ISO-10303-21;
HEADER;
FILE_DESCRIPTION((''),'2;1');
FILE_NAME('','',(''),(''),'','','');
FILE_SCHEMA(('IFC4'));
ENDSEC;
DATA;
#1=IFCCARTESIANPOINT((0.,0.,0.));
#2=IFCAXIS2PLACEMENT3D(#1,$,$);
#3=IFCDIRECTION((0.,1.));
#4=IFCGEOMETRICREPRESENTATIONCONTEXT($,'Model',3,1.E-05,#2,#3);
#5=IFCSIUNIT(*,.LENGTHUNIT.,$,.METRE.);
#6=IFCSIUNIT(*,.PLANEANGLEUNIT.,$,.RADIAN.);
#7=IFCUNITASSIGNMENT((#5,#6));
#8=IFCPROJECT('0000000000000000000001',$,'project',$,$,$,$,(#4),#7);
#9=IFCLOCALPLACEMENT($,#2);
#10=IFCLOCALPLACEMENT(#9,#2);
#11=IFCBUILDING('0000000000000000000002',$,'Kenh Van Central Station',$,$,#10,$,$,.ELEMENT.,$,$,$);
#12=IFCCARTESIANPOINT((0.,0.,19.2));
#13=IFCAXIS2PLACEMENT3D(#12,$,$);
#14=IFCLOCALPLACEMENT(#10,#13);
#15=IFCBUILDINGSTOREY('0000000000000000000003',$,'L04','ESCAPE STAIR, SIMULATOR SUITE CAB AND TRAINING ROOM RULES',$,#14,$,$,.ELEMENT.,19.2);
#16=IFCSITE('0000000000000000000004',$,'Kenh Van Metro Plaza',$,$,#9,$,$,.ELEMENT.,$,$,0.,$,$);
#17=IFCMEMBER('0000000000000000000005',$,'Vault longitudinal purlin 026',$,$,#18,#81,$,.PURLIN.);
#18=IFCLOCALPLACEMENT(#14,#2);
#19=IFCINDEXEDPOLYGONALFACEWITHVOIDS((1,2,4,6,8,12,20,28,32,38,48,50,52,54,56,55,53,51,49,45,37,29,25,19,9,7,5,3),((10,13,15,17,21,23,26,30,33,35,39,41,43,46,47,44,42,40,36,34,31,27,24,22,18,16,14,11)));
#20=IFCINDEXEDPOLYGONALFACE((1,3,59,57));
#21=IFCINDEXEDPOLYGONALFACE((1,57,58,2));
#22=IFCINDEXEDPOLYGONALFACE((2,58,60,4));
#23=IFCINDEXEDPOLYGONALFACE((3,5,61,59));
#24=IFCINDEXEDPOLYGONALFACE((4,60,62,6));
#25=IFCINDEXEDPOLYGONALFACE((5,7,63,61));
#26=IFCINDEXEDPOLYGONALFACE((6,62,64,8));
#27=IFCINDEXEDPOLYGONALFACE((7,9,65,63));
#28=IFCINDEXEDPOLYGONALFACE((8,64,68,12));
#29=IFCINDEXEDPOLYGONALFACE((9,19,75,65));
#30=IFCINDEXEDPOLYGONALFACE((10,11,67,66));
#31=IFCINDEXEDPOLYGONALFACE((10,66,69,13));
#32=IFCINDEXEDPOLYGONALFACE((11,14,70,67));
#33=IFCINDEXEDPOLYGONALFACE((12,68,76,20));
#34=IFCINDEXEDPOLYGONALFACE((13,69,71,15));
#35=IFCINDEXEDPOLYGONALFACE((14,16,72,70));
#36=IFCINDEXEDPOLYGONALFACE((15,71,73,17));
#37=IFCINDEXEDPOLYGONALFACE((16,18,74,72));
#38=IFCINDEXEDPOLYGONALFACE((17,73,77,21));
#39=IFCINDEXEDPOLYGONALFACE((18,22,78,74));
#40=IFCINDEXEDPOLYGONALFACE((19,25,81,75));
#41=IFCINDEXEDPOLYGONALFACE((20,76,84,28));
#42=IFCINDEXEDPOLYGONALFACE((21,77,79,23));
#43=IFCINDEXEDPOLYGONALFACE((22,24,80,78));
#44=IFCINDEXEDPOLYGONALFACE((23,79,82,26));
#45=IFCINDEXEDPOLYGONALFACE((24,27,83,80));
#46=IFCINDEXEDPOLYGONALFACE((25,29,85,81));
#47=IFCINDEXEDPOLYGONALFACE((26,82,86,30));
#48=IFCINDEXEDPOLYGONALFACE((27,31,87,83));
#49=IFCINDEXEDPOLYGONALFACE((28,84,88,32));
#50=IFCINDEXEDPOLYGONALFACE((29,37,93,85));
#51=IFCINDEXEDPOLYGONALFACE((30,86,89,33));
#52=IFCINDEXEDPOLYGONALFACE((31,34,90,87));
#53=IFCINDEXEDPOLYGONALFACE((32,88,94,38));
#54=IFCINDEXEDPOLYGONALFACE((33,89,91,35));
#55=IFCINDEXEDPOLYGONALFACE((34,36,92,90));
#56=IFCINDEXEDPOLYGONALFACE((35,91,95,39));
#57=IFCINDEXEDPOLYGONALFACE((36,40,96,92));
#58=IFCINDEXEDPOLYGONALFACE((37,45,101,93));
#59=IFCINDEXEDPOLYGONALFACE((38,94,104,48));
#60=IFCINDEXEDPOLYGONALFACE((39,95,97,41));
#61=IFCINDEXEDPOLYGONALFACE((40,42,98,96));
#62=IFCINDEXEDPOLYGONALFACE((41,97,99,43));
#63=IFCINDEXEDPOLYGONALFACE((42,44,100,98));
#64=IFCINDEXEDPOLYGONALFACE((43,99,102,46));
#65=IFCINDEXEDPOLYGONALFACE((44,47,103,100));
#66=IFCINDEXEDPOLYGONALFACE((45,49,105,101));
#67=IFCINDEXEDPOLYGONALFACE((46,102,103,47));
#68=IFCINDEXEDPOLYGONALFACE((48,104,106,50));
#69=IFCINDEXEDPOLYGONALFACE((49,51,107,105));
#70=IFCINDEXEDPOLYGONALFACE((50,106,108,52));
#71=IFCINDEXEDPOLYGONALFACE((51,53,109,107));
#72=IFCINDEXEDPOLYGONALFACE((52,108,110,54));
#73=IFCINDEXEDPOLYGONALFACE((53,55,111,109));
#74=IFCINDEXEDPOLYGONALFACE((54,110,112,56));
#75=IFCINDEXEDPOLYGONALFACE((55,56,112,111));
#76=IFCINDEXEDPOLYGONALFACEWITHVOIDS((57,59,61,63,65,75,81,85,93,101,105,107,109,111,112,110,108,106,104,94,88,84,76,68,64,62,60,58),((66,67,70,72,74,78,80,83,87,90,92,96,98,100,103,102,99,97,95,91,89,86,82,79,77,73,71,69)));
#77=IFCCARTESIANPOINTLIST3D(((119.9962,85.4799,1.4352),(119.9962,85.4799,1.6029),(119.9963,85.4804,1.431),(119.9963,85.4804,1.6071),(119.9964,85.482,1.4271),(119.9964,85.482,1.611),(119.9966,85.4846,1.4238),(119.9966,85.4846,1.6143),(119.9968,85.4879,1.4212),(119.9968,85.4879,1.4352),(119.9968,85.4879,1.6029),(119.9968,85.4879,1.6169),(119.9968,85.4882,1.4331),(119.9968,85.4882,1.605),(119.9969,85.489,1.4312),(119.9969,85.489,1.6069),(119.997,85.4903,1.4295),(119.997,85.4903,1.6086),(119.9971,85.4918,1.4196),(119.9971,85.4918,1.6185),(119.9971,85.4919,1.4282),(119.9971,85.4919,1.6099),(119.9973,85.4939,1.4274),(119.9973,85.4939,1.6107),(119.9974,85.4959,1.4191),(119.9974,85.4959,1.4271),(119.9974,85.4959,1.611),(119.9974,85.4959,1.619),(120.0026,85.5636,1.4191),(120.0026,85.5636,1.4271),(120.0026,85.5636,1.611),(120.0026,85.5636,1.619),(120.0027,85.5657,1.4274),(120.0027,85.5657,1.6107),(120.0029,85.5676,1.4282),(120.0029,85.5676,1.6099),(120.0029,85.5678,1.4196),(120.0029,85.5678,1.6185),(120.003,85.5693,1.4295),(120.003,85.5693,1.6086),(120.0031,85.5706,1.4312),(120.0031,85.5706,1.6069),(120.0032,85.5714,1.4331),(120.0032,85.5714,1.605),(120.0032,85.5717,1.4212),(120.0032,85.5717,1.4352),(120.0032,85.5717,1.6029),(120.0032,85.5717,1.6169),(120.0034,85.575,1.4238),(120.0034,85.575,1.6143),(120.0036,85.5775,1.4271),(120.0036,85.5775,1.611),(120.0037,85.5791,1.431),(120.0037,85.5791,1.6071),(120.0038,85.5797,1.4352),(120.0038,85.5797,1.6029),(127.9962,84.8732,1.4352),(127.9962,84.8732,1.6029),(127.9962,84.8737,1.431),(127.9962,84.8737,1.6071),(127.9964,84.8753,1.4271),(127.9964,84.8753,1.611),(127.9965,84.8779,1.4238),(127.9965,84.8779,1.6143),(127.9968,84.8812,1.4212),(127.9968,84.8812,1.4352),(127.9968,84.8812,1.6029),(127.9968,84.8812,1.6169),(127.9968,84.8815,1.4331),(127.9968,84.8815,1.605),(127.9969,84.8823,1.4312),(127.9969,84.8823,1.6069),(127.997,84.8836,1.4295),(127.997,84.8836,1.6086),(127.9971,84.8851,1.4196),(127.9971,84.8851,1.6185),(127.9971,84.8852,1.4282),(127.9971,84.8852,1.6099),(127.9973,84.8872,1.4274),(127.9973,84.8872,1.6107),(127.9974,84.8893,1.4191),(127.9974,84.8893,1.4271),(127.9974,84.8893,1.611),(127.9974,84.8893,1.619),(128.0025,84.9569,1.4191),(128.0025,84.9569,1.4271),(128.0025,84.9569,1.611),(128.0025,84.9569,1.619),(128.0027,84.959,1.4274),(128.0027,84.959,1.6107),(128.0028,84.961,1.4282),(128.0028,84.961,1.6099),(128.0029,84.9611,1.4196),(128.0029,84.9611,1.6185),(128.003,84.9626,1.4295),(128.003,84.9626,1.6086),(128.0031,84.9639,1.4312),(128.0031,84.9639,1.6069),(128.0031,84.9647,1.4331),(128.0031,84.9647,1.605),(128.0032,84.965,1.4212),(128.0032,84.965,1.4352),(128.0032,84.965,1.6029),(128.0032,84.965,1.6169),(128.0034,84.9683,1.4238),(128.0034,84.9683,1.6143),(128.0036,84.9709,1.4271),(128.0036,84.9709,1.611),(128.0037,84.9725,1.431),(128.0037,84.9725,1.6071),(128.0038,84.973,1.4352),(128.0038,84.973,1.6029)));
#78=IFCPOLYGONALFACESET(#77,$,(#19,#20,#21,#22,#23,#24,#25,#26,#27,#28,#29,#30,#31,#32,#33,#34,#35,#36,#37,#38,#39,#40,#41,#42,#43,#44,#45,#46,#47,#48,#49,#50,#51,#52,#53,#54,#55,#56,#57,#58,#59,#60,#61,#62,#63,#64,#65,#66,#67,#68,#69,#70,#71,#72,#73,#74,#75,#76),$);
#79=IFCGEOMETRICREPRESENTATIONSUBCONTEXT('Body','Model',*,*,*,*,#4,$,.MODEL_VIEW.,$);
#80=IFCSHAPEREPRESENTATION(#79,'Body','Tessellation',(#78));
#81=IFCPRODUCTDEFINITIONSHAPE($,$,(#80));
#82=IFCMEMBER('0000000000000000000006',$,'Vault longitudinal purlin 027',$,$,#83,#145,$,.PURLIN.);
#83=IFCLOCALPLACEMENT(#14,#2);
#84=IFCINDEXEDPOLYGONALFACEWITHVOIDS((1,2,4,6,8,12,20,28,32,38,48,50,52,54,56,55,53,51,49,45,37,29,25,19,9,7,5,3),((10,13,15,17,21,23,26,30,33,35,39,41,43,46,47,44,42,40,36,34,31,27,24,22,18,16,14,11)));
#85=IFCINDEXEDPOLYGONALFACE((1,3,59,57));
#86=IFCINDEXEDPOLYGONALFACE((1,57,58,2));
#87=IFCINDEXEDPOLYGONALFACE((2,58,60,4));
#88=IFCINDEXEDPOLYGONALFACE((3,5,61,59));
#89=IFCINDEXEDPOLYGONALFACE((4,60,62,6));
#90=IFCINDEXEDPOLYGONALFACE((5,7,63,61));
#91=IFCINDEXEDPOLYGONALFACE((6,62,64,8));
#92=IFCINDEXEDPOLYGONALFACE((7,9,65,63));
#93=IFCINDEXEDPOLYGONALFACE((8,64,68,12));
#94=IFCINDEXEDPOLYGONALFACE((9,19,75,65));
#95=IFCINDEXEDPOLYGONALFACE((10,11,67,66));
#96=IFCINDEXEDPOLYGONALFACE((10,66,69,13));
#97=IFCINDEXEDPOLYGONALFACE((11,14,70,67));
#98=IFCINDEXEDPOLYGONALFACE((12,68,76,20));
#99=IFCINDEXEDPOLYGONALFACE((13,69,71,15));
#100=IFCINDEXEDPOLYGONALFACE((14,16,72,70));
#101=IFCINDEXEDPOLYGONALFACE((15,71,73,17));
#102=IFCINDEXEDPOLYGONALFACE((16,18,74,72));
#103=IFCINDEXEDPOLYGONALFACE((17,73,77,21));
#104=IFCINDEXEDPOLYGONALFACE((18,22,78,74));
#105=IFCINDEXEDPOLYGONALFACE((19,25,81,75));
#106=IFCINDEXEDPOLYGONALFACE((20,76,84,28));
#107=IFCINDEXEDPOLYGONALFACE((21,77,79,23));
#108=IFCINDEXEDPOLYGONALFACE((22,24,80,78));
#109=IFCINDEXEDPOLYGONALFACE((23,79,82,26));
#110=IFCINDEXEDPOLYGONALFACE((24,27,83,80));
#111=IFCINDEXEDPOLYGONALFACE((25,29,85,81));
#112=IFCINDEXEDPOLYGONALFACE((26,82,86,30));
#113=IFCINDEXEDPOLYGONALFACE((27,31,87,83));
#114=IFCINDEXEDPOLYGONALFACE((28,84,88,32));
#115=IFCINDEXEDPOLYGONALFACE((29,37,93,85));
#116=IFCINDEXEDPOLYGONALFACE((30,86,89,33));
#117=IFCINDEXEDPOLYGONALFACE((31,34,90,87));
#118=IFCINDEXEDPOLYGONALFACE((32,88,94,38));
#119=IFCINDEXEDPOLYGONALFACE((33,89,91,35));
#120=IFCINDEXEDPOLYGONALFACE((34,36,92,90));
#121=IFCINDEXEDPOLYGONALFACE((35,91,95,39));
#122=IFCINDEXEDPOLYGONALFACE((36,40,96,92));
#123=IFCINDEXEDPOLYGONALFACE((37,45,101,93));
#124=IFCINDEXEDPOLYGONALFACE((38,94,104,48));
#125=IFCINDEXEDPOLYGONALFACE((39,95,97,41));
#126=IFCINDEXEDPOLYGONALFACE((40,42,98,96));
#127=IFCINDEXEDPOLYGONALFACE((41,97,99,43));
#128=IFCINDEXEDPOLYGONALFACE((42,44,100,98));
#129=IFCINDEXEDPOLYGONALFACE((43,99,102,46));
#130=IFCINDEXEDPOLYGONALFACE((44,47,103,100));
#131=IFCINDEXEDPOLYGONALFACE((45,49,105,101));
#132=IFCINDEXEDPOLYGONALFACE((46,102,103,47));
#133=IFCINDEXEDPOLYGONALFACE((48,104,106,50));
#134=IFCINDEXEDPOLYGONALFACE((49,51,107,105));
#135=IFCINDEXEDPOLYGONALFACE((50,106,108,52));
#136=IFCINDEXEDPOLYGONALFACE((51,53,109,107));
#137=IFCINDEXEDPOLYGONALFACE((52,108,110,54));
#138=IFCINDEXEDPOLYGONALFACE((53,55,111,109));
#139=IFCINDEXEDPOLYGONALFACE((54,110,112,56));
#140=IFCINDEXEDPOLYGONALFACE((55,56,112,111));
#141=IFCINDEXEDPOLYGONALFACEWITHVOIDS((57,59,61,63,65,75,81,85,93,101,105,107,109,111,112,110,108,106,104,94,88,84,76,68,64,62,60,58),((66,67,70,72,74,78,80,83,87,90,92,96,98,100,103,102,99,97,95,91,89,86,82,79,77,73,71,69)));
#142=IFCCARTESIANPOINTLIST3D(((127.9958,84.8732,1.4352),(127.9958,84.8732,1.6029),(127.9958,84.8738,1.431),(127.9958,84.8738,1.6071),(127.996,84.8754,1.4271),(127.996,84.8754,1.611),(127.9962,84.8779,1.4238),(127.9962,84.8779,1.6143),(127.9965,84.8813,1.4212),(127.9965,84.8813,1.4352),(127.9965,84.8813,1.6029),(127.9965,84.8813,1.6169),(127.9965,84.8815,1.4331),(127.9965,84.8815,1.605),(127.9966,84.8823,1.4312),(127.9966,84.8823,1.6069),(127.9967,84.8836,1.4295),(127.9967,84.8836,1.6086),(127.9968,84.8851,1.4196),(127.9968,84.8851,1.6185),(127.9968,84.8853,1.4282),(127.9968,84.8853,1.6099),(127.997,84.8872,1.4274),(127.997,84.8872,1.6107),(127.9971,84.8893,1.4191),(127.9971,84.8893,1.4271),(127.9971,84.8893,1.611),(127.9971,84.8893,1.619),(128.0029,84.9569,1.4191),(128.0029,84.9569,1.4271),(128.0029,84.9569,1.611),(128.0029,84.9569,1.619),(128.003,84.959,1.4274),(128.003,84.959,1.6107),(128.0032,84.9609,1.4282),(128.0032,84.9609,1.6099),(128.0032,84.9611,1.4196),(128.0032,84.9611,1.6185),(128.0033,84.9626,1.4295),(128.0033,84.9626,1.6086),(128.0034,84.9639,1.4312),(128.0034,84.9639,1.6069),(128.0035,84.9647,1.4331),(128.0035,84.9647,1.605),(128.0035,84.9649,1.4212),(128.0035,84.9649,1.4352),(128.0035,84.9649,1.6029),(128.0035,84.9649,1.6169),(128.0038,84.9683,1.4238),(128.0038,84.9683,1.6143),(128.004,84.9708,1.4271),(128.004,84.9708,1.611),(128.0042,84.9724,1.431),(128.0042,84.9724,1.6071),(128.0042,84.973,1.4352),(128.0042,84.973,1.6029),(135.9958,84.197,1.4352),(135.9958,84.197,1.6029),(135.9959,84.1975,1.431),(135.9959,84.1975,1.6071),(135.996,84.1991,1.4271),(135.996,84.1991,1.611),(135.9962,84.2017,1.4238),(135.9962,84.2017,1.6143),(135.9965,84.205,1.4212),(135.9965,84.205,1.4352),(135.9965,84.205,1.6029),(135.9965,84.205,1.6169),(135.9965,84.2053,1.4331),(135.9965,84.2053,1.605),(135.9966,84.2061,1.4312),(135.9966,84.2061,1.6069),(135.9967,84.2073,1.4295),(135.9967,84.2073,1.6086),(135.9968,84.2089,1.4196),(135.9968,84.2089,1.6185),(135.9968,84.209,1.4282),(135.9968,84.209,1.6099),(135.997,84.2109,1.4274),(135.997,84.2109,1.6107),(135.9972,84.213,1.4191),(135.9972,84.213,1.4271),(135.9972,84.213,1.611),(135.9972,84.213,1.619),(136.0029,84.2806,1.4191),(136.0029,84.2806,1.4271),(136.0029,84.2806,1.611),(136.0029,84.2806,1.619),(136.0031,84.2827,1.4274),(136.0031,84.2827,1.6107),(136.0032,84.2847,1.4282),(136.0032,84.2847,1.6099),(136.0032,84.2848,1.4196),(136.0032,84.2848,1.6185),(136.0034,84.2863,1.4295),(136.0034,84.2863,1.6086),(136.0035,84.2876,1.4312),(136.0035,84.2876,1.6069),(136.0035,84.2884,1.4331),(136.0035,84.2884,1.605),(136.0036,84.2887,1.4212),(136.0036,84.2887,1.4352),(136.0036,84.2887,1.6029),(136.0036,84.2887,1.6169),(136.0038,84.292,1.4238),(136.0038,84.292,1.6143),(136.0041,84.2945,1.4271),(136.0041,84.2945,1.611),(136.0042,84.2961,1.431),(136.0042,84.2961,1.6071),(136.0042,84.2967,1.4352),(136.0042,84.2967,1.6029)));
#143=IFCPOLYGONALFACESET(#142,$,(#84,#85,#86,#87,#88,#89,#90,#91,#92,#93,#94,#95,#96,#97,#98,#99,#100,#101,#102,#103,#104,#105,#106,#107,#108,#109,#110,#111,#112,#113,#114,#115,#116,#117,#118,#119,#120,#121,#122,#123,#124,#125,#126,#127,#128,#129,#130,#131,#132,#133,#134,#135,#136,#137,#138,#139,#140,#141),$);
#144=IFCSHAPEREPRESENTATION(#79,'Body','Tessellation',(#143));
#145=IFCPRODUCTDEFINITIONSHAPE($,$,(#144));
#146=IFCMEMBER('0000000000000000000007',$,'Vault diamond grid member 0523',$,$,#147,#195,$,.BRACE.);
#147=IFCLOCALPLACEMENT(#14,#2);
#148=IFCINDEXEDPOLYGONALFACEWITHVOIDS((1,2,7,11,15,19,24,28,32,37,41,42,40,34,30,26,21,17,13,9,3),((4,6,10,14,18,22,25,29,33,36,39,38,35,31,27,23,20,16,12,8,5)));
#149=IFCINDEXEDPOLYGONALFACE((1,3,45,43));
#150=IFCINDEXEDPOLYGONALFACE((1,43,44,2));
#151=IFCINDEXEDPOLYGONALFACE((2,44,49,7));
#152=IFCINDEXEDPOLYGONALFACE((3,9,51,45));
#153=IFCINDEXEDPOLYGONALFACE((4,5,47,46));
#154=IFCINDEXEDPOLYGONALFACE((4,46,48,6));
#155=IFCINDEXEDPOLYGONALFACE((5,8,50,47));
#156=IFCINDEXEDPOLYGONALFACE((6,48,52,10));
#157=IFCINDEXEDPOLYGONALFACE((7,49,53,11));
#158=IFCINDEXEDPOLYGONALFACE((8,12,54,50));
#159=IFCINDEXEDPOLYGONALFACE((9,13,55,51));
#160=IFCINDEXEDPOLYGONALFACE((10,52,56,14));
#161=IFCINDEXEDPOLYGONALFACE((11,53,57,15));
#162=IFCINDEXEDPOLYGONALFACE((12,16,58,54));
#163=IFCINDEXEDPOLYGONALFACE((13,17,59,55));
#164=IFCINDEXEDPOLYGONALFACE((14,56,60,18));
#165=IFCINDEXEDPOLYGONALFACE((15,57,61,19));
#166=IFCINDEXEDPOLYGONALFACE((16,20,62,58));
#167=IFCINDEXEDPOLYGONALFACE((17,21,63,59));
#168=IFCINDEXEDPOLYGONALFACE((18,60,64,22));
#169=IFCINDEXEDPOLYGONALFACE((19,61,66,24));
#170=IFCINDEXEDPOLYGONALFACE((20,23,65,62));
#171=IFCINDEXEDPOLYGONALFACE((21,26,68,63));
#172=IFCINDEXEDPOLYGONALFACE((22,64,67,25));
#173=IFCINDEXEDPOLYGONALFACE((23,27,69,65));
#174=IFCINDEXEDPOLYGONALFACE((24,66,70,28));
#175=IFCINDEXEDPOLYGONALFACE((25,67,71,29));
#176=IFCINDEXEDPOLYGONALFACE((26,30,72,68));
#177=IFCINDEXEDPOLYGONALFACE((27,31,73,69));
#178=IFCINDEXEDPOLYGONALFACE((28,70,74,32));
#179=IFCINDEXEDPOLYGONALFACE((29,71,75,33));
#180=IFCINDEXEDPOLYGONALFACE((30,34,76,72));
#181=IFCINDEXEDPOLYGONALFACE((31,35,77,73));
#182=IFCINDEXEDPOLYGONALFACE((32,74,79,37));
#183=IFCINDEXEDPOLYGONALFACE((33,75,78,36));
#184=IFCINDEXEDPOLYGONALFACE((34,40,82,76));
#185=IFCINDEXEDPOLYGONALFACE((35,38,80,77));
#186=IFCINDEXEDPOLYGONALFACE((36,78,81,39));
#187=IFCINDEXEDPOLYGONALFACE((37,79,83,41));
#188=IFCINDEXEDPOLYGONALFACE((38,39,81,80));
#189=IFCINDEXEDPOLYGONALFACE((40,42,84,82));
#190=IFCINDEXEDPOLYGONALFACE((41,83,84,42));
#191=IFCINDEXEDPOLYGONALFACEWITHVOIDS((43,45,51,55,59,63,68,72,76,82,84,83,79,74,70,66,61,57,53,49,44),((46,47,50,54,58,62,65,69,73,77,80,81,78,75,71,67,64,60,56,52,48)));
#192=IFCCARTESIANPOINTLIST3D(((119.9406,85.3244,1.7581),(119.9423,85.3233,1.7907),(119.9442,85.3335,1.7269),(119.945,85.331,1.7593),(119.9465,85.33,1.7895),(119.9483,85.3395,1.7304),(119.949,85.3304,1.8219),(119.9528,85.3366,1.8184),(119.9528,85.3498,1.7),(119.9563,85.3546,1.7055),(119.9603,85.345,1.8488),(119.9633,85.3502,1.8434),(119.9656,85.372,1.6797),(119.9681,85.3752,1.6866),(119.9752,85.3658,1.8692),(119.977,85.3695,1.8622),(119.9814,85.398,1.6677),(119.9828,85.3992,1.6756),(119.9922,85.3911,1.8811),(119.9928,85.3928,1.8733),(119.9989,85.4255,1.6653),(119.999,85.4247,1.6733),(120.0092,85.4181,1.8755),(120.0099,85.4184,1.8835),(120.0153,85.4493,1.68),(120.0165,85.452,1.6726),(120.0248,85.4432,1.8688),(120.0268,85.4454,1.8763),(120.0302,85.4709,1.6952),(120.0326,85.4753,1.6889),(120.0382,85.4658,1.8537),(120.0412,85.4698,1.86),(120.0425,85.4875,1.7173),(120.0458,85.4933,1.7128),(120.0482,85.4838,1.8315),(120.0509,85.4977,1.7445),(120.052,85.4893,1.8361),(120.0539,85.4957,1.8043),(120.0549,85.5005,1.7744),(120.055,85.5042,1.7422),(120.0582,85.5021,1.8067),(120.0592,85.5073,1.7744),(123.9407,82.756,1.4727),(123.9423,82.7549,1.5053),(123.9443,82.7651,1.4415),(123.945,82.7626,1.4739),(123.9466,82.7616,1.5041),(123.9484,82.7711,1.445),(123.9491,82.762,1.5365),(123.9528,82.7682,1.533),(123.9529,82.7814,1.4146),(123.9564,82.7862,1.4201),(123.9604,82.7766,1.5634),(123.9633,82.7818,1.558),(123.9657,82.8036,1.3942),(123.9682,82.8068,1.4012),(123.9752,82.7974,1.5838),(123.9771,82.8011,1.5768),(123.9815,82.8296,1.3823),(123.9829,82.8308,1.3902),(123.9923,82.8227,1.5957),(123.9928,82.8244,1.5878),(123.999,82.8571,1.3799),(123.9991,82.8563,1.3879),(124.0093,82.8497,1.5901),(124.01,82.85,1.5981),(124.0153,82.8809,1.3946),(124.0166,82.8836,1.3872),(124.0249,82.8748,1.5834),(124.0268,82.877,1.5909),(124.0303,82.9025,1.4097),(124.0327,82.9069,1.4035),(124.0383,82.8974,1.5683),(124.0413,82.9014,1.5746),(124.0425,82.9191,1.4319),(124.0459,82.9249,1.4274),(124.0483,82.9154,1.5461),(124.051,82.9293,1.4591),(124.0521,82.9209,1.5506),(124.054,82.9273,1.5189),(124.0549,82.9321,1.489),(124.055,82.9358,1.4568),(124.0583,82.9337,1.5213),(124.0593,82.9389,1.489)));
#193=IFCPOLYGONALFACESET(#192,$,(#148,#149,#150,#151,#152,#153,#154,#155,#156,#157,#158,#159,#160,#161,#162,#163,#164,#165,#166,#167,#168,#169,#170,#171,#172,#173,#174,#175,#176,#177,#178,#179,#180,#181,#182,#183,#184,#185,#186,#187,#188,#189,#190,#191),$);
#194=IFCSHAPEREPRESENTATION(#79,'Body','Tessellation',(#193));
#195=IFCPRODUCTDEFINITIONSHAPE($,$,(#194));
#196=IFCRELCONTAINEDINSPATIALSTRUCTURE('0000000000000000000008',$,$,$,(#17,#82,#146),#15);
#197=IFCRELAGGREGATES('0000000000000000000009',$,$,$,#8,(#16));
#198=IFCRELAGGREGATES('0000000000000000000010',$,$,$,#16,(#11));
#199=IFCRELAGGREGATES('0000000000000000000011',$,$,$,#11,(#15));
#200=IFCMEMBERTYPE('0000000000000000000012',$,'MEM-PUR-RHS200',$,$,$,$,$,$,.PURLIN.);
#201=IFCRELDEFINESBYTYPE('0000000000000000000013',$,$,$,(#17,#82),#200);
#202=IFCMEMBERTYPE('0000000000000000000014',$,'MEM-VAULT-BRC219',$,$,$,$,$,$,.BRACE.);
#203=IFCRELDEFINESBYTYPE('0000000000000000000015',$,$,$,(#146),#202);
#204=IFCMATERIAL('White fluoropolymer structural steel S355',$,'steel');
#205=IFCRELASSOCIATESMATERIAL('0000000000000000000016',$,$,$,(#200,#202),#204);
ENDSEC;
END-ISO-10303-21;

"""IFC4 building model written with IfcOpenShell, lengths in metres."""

from ifc_helpers import new_model, si_unit, direction, frame, origin, origin_2d, place, context, subcontext, project, spatial, hollow_rectangle, hollow_circle, extrude, material, material_profile, profile_set, type_object, element, save


model = new_model("IFC4")

# Units and contexts
model_context = context("Model", 3, precision=1e-05, world=origin(), true_north=direction((0.0, 1.0)))
body_context = subcontext(model_context, "Body", "Model", "MODEL_VIEW")
ifc_project = project(units=[si_unit("LENGTHUNIT", "METRE"), si_unit("PLANEANGLEUNIT", "RADIAN")], contexts=[model_context])

# Site, building, storey
site_placement = place(None, origin())
site = spatial("IfcSite", under=ifc_project, at=site_placement, Name="Kenh Van Metro Plaza", CompositionType="ELEMENT", RefElevation=0.0)
building_placement = place(site_placement, origin())
building = spatial("IfcBuilding", under=site, at=building_placement, Name="Kenh Van Central Station", CompositionType="ELEMENT")
storey_placement = place(building_placement, frame((0.0, 0.0, 19.2)))
storey = spatial("IfcBuildingStorey", under=building, at=storey_placement, Name="L04", Description="ESCAPE STAIR, SIMULATOR SUITE CAB AND TRAINING ROOM RULES", CompositionType="ELEMENT", Elevation=19.2)

# Shared definitions
ifc_material_1 = material(Name="White fluoropolymer structural steel S355", Category="steel")

# Members
ifc_material_profile_1 = material_profile(ifc_material_1, hollow_rectangle(XDim=0.1001, YDim=0.2, WallThickness=0.0081, InnerFilletRadius=0.0081, OuterFilletRadius=0.0161, at=origin_2d()), Name="RHS 200x100x8")
ifc_profile_set_1 = profile_set([ifc_material_profile_1], Name="White fluoropolymer structural steel S355")
member_type_1 = type_object("IfcMemberType", Name="MEM-PUR-RHS200", PredefinedType="PURLIN", material=ifc_profile_set_1)
member_1_placement = place(storey_placement, frame((120.0, 85.5298, 1.519), z_axis=(0.997137, -0.075619, 0.0), x_axis=(0.075619, 0.997137, 0.0)))
element("IfcMember", 1, at=member_1_placement, inside=storey, type_object=member_type_1, Name="Vault longitudinal purlin 026", PredefinedType="PURLIN", context=body_context, shape_type="SweptSolid", body=[
    extrude(hollow_rectangle(XDim=0.1001, YDim=0.2, WallThickness=0.0081, InnerFilletRadius=0.0081, OuterFilletRadius=0.0161, at=origin_2d()), origin(), (0.0, 0.0, 1.0), 8.0229),
])
member_2_placement = place(storey_placement, frame((128.0, 84.9231, 1.519), z_axis=(0.996446, -0.084233, 0.0), x_axis=(0.084233, 0.996446, 0.0)))
element("IfcMember", 2, at=member_2_placement, inside=storey, type_object=member_type_1, Name="Vault longitudinal purlin 027", PredefinedType="PURLIN", context=body_context, shape_type="SweptSolid", body=[
    extrude(hollow_rectangle(XDim=0.1001, YDim=0.2, WallThickness=0.0081, InnerFilletRadius=0.0081, OuterFilletRadius=0.0161, at=origin_2d()), origin(), (0.0, 0.0, 1.0), 8.0286),
])
ifc_material_profile_2 = material_profile(ifc_material_1, hollow_circle(Radius=0.1096, WallThickness=0.0081, at=origin_2d()), Name="CHS 219.1x8")
ifc_profile_set_2 = profile_set([ifc_material_profile_2], Name="White fluoropolymer structural steel S355")
member_type_2 = type_object("IfcMemberType", Name="MEM-VAULT-BRC219", PredefinedType="BRACE", material=ifc_profile_set_2)
member_3_placement = place(storey_placement, frame((120.0, 85.415, 1.7744), z_axis=(0.83996, -0.539329, -0.059931), x_axis=(0.540301, 0.841472, 0.0)))
element("IfcMember", 3, at=member_3_placement, inside=storey, type_object=member_type_2, Name="Vault diamond grid member 0523", PredefinedType="BRACE", context=body_context, shape_type="SweptSolid", body=[
    extrude(hollow_circle(Radius=0.1096, WallThickness=0.0081, at=origin_2d()), origin(), (0.0, 0.0, 1.0), 4.7622),
])

save(model, "model.ifc")
